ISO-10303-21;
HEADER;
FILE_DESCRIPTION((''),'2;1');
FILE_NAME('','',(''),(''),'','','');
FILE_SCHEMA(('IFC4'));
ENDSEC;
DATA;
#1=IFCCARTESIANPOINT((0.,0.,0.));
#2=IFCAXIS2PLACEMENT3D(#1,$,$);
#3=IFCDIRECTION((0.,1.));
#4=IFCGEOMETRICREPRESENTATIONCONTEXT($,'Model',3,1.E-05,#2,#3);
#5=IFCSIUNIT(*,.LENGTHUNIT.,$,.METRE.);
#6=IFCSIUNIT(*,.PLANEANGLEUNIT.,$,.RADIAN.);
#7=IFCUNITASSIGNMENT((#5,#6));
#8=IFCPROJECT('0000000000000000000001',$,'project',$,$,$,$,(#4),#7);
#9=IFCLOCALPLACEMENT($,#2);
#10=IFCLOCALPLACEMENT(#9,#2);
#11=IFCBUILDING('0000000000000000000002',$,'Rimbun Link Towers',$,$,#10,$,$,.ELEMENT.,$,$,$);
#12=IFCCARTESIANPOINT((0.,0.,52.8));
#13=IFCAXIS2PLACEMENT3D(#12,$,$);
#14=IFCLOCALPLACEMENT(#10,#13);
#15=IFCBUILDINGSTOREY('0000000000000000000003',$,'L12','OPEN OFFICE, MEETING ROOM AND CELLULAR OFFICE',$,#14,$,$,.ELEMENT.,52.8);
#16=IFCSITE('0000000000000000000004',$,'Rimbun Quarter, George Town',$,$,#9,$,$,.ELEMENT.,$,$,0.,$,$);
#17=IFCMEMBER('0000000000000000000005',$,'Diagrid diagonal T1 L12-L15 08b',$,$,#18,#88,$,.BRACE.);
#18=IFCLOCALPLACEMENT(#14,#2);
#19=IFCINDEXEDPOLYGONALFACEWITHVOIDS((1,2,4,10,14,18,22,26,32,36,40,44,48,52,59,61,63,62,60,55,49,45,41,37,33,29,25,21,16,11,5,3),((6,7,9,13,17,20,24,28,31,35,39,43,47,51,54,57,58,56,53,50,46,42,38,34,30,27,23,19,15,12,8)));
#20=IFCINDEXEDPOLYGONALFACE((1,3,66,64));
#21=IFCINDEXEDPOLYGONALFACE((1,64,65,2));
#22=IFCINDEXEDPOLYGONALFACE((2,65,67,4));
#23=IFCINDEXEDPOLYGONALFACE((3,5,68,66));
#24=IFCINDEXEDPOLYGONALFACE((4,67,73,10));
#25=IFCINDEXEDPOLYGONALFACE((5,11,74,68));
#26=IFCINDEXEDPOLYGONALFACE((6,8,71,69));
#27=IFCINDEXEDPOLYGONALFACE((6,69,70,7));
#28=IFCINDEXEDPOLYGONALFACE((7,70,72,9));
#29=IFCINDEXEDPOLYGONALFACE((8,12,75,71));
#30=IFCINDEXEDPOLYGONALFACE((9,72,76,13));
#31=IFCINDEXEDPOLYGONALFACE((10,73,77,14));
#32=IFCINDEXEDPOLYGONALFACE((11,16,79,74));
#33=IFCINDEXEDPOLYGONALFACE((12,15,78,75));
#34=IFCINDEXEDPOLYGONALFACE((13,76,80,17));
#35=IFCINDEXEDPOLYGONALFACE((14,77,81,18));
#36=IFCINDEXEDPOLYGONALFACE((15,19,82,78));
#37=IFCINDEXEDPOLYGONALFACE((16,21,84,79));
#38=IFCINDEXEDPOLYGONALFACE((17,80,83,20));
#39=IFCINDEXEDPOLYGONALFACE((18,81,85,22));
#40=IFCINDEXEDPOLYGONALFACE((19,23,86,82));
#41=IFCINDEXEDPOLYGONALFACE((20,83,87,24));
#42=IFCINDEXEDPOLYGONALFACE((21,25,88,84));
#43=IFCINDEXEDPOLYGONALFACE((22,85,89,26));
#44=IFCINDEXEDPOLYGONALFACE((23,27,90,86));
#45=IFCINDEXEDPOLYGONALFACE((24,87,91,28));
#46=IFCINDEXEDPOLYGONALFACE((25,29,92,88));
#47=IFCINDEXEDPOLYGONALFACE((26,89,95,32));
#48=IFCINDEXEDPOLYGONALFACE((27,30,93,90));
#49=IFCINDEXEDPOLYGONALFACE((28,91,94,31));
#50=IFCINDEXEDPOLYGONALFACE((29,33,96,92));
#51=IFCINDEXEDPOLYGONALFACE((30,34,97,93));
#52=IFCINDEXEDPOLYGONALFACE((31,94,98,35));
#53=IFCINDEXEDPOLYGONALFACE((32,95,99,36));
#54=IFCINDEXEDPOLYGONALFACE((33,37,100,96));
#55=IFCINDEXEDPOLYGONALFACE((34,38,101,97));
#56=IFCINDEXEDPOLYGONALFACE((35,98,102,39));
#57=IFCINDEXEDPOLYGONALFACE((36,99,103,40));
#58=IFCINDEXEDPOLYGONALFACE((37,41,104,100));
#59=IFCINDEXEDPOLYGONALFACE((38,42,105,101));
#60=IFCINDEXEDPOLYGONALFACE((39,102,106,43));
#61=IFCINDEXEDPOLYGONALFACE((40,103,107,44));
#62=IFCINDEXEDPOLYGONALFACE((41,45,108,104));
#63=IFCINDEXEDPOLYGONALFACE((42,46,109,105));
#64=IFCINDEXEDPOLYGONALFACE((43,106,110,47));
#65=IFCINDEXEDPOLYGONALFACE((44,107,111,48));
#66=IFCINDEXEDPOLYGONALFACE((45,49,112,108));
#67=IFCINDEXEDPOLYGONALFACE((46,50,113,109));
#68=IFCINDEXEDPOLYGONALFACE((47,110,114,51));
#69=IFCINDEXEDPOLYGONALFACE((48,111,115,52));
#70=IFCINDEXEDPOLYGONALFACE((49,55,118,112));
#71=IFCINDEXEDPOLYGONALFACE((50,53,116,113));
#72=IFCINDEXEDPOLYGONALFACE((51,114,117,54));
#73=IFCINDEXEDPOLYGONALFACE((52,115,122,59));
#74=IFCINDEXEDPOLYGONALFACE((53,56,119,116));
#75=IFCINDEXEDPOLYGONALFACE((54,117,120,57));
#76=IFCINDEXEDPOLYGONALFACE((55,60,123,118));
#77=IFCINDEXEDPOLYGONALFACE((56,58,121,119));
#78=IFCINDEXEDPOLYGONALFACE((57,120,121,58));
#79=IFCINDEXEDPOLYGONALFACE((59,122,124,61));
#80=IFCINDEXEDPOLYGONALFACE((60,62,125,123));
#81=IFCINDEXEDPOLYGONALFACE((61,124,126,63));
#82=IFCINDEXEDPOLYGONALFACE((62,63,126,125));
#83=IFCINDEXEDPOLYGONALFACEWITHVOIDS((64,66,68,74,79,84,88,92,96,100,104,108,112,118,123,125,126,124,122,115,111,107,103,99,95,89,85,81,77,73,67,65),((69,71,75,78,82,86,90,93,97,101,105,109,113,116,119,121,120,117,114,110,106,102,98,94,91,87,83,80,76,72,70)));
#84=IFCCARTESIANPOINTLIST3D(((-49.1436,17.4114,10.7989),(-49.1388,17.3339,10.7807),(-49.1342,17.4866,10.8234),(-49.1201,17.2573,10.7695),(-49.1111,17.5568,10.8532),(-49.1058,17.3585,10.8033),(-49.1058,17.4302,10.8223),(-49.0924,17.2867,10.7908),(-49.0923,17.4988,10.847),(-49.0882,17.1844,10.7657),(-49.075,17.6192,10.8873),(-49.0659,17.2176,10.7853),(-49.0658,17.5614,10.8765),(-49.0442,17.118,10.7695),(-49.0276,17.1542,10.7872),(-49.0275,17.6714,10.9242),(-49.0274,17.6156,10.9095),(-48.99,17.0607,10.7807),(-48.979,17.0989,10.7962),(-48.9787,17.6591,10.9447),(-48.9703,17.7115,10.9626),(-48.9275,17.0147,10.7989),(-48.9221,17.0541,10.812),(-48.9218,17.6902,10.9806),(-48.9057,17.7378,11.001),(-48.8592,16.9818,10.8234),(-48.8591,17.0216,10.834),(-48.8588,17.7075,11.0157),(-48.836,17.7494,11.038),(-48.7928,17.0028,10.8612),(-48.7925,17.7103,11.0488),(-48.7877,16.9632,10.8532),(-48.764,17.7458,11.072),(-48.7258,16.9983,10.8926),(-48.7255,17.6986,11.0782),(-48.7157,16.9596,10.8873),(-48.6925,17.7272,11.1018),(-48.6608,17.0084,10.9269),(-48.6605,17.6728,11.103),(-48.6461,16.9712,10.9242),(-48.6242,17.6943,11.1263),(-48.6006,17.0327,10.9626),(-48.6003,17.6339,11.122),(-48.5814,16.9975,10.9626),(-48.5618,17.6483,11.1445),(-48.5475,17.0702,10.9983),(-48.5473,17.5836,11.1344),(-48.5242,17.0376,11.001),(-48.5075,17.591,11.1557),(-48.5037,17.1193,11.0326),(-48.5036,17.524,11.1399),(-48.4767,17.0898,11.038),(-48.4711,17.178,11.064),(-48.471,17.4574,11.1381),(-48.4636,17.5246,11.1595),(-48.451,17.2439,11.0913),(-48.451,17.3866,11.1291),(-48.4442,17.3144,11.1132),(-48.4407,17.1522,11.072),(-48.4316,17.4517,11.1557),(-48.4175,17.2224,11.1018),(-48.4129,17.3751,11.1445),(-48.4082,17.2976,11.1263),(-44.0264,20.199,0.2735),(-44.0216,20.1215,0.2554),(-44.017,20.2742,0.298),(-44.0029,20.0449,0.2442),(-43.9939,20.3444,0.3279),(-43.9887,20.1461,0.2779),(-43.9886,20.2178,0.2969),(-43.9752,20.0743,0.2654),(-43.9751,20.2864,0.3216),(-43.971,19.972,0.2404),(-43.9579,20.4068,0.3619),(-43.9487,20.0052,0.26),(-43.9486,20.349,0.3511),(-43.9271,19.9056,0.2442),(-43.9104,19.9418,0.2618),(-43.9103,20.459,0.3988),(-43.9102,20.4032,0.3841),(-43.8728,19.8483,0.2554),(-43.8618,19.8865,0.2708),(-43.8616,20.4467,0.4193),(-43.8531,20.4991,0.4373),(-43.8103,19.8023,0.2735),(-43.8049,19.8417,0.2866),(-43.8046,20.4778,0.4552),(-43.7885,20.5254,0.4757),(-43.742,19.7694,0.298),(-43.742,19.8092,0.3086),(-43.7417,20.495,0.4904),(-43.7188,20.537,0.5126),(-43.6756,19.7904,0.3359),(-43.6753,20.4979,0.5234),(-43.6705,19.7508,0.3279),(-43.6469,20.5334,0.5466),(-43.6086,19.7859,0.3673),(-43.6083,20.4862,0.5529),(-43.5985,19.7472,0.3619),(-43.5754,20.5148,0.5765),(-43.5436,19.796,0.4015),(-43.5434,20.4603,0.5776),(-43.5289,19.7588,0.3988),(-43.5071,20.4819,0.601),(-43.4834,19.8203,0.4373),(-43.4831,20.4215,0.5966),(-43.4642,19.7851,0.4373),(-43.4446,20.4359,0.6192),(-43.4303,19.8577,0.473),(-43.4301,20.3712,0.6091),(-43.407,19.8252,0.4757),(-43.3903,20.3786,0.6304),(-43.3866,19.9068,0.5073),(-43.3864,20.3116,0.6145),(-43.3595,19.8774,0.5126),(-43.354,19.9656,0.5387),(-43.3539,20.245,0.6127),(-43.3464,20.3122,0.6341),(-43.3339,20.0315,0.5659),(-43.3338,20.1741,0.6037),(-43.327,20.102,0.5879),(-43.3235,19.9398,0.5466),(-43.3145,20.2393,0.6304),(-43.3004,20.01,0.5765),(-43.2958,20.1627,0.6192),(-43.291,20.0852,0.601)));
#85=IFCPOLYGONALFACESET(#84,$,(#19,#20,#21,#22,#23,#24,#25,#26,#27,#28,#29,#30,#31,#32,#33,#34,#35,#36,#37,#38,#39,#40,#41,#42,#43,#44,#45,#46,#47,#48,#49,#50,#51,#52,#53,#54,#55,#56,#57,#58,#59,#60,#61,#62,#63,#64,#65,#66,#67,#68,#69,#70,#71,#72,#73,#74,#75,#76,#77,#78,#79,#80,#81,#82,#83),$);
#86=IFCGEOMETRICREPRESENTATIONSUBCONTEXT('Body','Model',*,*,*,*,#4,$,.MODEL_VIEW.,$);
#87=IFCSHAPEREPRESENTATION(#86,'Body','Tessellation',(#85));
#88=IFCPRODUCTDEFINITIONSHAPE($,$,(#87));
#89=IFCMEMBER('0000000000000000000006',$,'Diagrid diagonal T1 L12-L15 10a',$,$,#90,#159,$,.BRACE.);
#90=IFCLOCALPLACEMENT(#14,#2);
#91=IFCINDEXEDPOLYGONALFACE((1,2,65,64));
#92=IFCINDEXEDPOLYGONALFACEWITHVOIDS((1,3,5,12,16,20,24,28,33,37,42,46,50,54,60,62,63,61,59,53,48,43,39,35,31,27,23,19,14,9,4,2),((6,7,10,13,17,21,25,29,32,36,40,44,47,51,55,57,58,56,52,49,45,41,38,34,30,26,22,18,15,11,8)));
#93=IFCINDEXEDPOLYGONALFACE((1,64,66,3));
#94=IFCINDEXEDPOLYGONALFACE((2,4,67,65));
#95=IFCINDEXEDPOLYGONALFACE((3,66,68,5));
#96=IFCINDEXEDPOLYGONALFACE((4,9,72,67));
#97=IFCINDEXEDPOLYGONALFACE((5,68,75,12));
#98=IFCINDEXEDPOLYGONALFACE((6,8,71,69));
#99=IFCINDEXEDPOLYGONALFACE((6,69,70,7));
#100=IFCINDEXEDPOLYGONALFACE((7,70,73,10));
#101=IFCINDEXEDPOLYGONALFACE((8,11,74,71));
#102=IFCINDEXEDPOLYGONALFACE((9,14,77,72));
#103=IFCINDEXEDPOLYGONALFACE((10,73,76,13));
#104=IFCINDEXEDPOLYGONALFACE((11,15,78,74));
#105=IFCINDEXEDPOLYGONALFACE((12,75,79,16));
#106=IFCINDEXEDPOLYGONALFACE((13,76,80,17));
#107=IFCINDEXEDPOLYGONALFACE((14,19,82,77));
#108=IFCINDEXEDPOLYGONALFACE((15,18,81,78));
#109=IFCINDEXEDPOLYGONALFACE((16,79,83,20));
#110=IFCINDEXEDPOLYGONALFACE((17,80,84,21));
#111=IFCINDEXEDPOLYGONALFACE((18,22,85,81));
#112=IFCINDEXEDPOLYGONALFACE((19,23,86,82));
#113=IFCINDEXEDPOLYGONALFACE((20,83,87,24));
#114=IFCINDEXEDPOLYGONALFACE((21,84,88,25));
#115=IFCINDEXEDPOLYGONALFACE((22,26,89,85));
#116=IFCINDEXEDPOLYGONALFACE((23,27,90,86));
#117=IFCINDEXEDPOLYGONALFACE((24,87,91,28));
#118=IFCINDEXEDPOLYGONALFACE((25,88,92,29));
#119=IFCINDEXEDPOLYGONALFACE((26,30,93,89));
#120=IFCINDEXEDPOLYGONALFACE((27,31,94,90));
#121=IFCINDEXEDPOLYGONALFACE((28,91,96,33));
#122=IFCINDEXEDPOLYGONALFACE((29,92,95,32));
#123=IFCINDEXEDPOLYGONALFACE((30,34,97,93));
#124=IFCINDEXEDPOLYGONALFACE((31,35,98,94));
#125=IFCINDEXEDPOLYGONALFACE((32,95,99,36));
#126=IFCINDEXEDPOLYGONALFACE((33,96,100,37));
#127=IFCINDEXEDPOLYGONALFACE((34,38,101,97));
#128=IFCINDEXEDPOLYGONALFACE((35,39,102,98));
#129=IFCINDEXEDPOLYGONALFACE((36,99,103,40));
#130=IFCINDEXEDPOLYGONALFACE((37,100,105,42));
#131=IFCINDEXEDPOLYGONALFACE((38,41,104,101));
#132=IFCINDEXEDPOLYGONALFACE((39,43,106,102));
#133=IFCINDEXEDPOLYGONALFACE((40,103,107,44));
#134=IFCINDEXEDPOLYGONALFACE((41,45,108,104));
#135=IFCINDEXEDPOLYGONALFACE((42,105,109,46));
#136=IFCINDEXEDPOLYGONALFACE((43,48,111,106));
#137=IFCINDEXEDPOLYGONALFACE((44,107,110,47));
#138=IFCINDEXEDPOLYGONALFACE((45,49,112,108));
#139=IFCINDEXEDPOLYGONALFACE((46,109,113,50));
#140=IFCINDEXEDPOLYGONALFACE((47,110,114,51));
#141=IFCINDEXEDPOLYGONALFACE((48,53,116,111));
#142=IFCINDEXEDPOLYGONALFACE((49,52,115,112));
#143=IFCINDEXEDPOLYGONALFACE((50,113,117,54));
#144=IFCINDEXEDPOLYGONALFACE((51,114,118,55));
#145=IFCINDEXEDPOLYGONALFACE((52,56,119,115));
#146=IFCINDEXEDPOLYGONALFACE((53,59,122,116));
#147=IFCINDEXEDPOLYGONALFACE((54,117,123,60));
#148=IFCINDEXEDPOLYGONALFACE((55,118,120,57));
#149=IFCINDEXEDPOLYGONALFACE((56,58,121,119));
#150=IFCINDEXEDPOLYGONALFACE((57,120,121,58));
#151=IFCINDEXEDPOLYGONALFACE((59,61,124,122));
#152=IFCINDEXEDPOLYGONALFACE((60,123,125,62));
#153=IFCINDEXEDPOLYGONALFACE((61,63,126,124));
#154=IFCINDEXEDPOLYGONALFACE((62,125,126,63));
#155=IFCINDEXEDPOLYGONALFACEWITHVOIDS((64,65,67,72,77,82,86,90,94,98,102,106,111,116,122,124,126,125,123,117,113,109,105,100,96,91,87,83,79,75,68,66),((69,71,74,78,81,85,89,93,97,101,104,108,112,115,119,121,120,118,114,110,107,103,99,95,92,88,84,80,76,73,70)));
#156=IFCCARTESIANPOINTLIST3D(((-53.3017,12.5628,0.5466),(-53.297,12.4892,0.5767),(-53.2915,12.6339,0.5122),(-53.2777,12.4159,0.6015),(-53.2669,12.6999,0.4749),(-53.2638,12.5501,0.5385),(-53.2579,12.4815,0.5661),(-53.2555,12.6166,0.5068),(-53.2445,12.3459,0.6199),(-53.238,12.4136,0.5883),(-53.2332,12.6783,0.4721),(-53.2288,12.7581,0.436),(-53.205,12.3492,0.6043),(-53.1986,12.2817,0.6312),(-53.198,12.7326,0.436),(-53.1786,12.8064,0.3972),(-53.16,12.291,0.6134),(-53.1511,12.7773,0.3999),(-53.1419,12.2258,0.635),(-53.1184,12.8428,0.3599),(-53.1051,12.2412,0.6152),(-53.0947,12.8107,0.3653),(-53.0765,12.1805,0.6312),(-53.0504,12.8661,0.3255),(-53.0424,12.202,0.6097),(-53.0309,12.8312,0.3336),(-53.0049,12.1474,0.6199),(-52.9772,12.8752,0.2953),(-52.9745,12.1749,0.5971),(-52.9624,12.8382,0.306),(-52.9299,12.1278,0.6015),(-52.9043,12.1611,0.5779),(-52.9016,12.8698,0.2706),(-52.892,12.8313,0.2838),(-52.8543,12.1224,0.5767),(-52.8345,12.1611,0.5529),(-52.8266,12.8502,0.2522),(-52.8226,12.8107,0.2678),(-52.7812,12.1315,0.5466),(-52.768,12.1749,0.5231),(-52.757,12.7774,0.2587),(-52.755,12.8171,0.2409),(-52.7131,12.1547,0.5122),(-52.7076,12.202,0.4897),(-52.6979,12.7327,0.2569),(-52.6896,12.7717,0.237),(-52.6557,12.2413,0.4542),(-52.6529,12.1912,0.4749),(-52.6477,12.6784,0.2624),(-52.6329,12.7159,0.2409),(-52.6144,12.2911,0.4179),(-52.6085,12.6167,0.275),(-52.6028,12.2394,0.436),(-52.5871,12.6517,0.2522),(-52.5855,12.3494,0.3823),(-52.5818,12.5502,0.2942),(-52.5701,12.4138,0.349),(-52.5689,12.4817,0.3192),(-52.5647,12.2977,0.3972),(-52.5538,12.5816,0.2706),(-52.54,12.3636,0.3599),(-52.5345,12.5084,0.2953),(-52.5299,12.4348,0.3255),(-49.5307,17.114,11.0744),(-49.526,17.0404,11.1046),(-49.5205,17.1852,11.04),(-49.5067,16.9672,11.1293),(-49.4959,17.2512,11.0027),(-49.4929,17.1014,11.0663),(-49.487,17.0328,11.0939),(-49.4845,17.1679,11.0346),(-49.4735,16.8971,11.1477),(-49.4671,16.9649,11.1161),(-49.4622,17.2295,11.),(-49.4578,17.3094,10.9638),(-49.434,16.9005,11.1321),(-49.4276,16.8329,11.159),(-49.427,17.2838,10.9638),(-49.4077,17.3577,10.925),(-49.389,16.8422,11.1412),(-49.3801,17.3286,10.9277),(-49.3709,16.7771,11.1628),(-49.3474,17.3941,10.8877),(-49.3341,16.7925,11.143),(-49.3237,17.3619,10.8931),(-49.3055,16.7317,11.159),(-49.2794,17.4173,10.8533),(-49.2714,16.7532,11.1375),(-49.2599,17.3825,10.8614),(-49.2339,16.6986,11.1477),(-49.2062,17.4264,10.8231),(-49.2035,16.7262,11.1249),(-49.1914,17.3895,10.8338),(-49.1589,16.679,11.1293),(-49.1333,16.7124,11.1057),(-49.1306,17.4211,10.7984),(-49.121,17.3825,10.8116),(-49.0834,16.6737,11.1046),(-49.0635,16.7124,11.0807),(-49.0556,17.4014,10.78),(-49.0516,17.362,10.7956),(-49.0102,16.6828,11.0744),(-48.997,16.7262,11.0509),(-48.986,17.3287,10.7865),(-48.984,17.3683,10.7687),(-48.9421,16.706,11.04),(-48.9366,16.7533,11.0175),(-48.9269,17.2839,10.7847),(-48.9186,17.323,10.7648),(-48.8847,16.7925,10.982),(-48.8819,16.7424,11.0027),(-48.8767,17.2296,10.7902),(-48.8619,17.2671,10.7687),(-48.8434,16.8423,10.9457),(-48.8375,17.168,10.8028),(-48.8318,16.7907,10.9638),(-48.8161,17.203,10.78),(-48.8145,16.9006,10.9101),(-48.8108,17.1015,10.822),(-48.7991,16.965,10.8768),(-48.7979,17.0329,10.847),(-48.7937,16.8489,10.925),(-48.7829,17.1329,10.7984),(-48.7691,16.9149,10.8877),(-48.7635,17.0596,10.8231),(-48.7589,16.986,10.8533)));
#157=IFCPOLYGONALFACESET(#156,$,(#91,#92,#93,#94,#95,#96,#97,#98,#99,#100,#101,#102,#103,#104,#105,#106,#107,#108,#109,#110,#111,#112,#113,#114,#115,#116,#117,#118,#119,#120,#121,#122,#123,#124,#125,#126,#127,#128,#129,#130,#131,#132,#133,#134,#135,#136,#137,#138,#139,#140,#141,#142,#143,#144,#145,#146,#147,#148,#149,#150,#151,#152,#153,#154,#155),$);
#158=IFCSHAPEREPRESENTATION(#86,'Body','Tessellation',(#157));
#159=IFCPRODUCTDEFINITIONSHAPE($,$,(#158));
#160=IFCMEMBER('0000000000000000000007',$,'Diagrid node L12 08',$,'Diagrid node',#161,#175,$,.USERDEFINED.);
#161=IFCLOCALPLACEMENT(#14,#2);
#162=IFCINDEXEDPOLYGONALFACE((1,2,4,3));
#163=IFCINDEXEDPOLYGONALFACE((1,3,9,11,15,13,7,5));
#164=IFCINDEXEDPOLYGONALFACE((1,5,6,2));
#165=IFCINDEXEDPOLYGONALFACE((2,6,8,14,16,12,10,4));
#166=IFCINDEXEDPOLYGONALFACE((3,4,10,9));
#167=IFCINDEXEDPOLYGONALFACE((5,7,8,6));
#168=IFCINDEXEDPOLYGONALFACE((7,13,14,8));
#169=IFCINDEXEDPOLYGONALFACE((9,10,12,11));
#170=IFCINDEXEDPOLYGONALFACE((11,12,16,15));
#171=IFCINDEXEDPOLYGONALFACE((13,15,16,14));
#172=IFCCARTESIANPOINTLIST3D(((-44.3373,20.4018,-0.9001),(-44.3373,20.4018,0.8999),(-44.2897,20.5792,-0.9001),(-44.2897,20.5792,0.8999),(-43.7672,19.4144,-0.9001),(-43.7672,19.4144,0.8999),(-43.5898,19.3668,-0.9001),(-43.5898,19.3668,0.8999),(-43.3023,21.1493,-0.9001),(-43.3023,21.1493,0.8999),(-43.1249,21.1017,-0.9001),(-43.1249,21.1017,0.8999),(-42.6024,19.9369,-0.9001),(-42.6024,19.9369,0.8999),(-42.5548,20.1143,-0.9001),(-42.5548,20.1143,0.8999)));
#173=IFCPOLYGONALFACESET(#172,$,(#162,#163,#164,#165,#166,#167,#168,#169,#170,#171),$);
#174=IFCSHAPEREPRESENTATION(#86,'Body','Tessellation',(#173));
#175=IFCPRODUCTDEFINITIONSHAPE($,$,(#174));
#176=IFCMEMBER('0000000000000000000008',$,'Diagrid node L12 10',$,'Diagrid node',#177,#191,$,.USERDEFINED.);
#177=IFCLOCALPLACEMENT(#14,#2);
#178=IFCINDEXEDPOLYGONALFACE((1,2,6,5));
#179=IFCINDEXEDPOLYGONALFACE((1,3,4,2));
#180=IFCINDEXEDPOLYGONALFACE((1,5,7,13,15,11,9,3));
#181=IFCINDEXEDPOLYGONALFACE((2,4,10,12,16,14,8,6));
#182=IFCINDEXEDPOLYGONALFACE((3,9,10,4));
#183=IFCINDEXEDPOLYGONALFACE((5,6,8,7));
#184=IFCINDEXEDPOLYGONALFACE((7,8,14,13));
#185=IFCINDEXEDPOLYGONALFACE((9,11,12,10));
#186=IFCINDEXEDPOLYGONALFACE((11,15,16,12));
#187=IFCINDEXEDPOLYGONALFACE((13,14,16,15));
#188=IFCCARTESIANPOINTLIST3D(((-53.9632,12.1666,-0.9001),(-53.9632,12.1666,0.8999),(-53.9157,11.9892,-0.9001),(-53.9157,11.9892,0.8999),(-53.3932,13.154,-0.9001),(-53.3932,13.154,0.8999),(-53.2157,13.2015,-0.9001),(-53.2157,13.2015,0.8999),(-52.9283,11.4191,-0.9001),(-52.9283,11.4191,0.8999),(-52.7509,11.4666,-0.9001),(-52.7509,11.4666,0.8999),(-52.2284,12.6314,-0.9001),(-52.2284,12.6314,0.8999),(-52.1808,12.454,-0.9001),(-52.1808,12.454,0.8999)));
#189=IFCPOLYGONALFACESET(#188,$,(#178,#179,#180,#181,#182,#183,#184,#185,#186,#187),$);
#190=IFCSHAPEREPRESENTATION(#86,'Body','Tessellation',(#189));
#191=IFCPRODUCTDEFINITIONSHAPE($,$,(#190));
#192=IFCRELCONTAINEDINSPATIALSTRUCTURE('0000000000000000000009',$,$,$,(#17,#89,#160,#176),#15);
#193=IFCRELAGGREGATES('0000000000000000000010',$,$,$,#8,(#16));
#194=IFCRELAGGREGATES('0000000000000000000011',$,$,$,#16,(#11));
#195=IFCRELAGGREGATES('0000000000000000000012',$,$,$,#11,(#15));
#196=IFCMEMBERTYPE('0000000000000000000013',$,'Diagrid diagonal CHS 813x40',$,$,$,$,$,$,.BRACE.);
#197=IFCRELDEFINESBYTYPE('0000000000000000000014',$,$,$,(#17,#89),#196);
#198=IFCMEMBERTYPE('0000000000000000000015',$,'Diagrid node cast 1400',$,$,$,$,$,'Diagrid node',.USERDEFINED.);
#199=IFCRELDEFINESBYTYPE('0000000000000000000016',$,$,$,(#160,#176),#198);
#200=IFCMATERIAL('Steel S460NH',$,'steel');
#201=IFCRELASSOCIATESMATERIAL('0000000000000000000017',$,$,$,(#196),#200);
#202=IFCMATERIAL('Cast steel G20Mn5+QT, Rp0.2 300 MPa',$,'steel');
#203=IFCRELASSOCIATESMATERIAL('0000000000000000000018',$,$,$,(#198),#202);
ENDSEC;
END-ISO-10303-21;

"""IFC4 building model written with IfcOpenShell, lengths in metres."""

from ifc_helpers import new_model, si_unit, direction, frame, origin, origin_2d, place, context, subcontext, project, spatial, polyline, hollow_circle, outline, extrude, material, material_profile, profile_set, type_object, element, save


model = new_model("IFC4")

# Units and contexts
model_context = context("Model", 3, precision=1e-05, world=origin(), true_north=direction((0.0, 1.0)))
body_context = subcontext(model_context, "Body", "Model", "MODEL_VIEW")
ifc_project = project(units=[si_unit("LENGTHUNIT", "METRE"), si_unit("PLANEANGLEUNIT", "RADIAN")], contexts=[model_context])

# Site, building, storey
site_placement = place(None, origin())
site = spatial("IfcSite", under=ifc_project, at=site_placement, Name="Rimbun Quarter, George Town", CompositionType="ELEMENT", RefElevation=0.0)
building_placement = place(site_placement, origin())
building = spatial("IfcBuilding", under=site, at=building_placement, Name="Rimbun Link Towers", CompositionType="ELEMENT")
storey_placement = place(building_placement, frame((0.0, 0.0, 52.8)))
storey = spatial("IfcBuildingStorey", under=building, at=storey_placement, Name="L12", Description="OPEN OFFICE, MEETING ROOM AND CELLULAR OFFICE", CompositionType="ELEMENT", Elevation=52.8)

# Members
ifc_material_1 = material(Name="Steel S460NH", Category="steel")
ifc_material_profile_1 = material_profile(ifc_material_1, hollow_circle(Radius=0.4065, WallThickness=0.04, at=origin_2d()), Name="Diagrid diagonal CHS 813x40")
ifc_profile_set_1 = profile_set([ifc_material_profile_1], Name="Steel S460NH")
member_type_1 = type_object("IfcMemberType", Name="Diagrid diagonal CHS 813x40", PredefinedType="BRACE", material=ifc_profile_set_1)
member_1_placement = place(storey_placement, frame((-43.6587, 20.1421, 0.4373), z_axis=(-0.425341, -0.231705, 0.87487), x_axis=(0.478377, -0.878155, 0.0)))
element("IfcMember", 1, at=member_1_placement, inside=storey, type_object=member_type_1, Name="Diagrid diagonal T1 L12-L15 08b", PredefinedType="BRACE", context=body_context, shape_type="SweptSolid", body=[
    extrude(hollow_circle(Radius=0.4065, WallThickness=0.04, at=origin_2d()), origin(), (0.0, 0.0, 1.0), 12.0308),
])
member_2_placement = place(storey_placement, frame((-52.9158, 12.4988, 0.436), z_axis=(0.312336, 0.376963, 0.871978), x_axis=(-0.770026, 0.638012, 0.0)))
element("IfcMember", 2, at=member_2_placement, inside=storey, type_object=member_type_1, Name="Diagrid diagonal T1 L12-L15 10a", PredefinedType="BRACE", context=body_context, shape_type="SweptSolid", body=[
    extrude(hollow_circle(Radius=0.4065, WallThickness=0.04, at=origin_2d()), origin(), (0.0, 0.0, 1.0), 12.0735),
])
ifc_material_2 = material(Name="Cast steel G20Mn5+QT, Rp0.2 300 MPa", Category="steel")
ifc_material_profile_2 = material_profile(ifc_material_2, outline(polyline([(0.7, -0.5701), (0.7, 0.5701), (0.5701, 0.7), (-0.5701, 0.7), (-0.7, 0.5701), (-0.7, -0.5701), (-0.5701, -0.7), (0.5701, -0.7), (0.7, -0.5701)])), Name="NODE 1400x1400")
ifc_profile_set_2 = profile_set([ifc_material_profile_2], Name="Cast steel G20Mn5+QT, Rp0.2 300 MPa")
member_type_2 = type_object("IfcMemberType", Name="Diagrid node cast 1400", ElementType="Diagrid node", PredefinedType="USERDEFINED", material=ifc_profile_set_2)
for number, where, z_axis, x_axis, name in (
    (3, (-43.446, 20.2581, -0.9001), (0.0, 0.0, 1.0), (-0.5, 0.866025, 0.0), "Diagrid node L12 08"),
    (4, (-53.072, 12.3103, -0.9001), (0.0, 0.0, 1.0), (-0.866025, 0.5, 0.0), "Diagrid node L12 10"),
):
    element("IfcMember", number, at=place(storey_placement, frame(where, z_axis=z_axis, x_axis=x_axis)), inside=storey, type_object=member_type_2, Name=name, ObjectType="Diagrid node", PredefinedType="USERDEFINED", context=body_context, shape_type="SweptSolid", body=[
        extrude(outline(polyline([(0.7, -0.5701), (0.7, 0.5701), (0.5701, 0.7), (-0.5701, 0.7), (-0.7, 0.5701), (-0.7, -0.5701), (-0.5701, -0.7), (0.5701, -0.7), (0.7, -0.5701)])), origin(), (0.0, 0.0, 1.0), 1.8),
    ])

save(model, "model.ifc")
